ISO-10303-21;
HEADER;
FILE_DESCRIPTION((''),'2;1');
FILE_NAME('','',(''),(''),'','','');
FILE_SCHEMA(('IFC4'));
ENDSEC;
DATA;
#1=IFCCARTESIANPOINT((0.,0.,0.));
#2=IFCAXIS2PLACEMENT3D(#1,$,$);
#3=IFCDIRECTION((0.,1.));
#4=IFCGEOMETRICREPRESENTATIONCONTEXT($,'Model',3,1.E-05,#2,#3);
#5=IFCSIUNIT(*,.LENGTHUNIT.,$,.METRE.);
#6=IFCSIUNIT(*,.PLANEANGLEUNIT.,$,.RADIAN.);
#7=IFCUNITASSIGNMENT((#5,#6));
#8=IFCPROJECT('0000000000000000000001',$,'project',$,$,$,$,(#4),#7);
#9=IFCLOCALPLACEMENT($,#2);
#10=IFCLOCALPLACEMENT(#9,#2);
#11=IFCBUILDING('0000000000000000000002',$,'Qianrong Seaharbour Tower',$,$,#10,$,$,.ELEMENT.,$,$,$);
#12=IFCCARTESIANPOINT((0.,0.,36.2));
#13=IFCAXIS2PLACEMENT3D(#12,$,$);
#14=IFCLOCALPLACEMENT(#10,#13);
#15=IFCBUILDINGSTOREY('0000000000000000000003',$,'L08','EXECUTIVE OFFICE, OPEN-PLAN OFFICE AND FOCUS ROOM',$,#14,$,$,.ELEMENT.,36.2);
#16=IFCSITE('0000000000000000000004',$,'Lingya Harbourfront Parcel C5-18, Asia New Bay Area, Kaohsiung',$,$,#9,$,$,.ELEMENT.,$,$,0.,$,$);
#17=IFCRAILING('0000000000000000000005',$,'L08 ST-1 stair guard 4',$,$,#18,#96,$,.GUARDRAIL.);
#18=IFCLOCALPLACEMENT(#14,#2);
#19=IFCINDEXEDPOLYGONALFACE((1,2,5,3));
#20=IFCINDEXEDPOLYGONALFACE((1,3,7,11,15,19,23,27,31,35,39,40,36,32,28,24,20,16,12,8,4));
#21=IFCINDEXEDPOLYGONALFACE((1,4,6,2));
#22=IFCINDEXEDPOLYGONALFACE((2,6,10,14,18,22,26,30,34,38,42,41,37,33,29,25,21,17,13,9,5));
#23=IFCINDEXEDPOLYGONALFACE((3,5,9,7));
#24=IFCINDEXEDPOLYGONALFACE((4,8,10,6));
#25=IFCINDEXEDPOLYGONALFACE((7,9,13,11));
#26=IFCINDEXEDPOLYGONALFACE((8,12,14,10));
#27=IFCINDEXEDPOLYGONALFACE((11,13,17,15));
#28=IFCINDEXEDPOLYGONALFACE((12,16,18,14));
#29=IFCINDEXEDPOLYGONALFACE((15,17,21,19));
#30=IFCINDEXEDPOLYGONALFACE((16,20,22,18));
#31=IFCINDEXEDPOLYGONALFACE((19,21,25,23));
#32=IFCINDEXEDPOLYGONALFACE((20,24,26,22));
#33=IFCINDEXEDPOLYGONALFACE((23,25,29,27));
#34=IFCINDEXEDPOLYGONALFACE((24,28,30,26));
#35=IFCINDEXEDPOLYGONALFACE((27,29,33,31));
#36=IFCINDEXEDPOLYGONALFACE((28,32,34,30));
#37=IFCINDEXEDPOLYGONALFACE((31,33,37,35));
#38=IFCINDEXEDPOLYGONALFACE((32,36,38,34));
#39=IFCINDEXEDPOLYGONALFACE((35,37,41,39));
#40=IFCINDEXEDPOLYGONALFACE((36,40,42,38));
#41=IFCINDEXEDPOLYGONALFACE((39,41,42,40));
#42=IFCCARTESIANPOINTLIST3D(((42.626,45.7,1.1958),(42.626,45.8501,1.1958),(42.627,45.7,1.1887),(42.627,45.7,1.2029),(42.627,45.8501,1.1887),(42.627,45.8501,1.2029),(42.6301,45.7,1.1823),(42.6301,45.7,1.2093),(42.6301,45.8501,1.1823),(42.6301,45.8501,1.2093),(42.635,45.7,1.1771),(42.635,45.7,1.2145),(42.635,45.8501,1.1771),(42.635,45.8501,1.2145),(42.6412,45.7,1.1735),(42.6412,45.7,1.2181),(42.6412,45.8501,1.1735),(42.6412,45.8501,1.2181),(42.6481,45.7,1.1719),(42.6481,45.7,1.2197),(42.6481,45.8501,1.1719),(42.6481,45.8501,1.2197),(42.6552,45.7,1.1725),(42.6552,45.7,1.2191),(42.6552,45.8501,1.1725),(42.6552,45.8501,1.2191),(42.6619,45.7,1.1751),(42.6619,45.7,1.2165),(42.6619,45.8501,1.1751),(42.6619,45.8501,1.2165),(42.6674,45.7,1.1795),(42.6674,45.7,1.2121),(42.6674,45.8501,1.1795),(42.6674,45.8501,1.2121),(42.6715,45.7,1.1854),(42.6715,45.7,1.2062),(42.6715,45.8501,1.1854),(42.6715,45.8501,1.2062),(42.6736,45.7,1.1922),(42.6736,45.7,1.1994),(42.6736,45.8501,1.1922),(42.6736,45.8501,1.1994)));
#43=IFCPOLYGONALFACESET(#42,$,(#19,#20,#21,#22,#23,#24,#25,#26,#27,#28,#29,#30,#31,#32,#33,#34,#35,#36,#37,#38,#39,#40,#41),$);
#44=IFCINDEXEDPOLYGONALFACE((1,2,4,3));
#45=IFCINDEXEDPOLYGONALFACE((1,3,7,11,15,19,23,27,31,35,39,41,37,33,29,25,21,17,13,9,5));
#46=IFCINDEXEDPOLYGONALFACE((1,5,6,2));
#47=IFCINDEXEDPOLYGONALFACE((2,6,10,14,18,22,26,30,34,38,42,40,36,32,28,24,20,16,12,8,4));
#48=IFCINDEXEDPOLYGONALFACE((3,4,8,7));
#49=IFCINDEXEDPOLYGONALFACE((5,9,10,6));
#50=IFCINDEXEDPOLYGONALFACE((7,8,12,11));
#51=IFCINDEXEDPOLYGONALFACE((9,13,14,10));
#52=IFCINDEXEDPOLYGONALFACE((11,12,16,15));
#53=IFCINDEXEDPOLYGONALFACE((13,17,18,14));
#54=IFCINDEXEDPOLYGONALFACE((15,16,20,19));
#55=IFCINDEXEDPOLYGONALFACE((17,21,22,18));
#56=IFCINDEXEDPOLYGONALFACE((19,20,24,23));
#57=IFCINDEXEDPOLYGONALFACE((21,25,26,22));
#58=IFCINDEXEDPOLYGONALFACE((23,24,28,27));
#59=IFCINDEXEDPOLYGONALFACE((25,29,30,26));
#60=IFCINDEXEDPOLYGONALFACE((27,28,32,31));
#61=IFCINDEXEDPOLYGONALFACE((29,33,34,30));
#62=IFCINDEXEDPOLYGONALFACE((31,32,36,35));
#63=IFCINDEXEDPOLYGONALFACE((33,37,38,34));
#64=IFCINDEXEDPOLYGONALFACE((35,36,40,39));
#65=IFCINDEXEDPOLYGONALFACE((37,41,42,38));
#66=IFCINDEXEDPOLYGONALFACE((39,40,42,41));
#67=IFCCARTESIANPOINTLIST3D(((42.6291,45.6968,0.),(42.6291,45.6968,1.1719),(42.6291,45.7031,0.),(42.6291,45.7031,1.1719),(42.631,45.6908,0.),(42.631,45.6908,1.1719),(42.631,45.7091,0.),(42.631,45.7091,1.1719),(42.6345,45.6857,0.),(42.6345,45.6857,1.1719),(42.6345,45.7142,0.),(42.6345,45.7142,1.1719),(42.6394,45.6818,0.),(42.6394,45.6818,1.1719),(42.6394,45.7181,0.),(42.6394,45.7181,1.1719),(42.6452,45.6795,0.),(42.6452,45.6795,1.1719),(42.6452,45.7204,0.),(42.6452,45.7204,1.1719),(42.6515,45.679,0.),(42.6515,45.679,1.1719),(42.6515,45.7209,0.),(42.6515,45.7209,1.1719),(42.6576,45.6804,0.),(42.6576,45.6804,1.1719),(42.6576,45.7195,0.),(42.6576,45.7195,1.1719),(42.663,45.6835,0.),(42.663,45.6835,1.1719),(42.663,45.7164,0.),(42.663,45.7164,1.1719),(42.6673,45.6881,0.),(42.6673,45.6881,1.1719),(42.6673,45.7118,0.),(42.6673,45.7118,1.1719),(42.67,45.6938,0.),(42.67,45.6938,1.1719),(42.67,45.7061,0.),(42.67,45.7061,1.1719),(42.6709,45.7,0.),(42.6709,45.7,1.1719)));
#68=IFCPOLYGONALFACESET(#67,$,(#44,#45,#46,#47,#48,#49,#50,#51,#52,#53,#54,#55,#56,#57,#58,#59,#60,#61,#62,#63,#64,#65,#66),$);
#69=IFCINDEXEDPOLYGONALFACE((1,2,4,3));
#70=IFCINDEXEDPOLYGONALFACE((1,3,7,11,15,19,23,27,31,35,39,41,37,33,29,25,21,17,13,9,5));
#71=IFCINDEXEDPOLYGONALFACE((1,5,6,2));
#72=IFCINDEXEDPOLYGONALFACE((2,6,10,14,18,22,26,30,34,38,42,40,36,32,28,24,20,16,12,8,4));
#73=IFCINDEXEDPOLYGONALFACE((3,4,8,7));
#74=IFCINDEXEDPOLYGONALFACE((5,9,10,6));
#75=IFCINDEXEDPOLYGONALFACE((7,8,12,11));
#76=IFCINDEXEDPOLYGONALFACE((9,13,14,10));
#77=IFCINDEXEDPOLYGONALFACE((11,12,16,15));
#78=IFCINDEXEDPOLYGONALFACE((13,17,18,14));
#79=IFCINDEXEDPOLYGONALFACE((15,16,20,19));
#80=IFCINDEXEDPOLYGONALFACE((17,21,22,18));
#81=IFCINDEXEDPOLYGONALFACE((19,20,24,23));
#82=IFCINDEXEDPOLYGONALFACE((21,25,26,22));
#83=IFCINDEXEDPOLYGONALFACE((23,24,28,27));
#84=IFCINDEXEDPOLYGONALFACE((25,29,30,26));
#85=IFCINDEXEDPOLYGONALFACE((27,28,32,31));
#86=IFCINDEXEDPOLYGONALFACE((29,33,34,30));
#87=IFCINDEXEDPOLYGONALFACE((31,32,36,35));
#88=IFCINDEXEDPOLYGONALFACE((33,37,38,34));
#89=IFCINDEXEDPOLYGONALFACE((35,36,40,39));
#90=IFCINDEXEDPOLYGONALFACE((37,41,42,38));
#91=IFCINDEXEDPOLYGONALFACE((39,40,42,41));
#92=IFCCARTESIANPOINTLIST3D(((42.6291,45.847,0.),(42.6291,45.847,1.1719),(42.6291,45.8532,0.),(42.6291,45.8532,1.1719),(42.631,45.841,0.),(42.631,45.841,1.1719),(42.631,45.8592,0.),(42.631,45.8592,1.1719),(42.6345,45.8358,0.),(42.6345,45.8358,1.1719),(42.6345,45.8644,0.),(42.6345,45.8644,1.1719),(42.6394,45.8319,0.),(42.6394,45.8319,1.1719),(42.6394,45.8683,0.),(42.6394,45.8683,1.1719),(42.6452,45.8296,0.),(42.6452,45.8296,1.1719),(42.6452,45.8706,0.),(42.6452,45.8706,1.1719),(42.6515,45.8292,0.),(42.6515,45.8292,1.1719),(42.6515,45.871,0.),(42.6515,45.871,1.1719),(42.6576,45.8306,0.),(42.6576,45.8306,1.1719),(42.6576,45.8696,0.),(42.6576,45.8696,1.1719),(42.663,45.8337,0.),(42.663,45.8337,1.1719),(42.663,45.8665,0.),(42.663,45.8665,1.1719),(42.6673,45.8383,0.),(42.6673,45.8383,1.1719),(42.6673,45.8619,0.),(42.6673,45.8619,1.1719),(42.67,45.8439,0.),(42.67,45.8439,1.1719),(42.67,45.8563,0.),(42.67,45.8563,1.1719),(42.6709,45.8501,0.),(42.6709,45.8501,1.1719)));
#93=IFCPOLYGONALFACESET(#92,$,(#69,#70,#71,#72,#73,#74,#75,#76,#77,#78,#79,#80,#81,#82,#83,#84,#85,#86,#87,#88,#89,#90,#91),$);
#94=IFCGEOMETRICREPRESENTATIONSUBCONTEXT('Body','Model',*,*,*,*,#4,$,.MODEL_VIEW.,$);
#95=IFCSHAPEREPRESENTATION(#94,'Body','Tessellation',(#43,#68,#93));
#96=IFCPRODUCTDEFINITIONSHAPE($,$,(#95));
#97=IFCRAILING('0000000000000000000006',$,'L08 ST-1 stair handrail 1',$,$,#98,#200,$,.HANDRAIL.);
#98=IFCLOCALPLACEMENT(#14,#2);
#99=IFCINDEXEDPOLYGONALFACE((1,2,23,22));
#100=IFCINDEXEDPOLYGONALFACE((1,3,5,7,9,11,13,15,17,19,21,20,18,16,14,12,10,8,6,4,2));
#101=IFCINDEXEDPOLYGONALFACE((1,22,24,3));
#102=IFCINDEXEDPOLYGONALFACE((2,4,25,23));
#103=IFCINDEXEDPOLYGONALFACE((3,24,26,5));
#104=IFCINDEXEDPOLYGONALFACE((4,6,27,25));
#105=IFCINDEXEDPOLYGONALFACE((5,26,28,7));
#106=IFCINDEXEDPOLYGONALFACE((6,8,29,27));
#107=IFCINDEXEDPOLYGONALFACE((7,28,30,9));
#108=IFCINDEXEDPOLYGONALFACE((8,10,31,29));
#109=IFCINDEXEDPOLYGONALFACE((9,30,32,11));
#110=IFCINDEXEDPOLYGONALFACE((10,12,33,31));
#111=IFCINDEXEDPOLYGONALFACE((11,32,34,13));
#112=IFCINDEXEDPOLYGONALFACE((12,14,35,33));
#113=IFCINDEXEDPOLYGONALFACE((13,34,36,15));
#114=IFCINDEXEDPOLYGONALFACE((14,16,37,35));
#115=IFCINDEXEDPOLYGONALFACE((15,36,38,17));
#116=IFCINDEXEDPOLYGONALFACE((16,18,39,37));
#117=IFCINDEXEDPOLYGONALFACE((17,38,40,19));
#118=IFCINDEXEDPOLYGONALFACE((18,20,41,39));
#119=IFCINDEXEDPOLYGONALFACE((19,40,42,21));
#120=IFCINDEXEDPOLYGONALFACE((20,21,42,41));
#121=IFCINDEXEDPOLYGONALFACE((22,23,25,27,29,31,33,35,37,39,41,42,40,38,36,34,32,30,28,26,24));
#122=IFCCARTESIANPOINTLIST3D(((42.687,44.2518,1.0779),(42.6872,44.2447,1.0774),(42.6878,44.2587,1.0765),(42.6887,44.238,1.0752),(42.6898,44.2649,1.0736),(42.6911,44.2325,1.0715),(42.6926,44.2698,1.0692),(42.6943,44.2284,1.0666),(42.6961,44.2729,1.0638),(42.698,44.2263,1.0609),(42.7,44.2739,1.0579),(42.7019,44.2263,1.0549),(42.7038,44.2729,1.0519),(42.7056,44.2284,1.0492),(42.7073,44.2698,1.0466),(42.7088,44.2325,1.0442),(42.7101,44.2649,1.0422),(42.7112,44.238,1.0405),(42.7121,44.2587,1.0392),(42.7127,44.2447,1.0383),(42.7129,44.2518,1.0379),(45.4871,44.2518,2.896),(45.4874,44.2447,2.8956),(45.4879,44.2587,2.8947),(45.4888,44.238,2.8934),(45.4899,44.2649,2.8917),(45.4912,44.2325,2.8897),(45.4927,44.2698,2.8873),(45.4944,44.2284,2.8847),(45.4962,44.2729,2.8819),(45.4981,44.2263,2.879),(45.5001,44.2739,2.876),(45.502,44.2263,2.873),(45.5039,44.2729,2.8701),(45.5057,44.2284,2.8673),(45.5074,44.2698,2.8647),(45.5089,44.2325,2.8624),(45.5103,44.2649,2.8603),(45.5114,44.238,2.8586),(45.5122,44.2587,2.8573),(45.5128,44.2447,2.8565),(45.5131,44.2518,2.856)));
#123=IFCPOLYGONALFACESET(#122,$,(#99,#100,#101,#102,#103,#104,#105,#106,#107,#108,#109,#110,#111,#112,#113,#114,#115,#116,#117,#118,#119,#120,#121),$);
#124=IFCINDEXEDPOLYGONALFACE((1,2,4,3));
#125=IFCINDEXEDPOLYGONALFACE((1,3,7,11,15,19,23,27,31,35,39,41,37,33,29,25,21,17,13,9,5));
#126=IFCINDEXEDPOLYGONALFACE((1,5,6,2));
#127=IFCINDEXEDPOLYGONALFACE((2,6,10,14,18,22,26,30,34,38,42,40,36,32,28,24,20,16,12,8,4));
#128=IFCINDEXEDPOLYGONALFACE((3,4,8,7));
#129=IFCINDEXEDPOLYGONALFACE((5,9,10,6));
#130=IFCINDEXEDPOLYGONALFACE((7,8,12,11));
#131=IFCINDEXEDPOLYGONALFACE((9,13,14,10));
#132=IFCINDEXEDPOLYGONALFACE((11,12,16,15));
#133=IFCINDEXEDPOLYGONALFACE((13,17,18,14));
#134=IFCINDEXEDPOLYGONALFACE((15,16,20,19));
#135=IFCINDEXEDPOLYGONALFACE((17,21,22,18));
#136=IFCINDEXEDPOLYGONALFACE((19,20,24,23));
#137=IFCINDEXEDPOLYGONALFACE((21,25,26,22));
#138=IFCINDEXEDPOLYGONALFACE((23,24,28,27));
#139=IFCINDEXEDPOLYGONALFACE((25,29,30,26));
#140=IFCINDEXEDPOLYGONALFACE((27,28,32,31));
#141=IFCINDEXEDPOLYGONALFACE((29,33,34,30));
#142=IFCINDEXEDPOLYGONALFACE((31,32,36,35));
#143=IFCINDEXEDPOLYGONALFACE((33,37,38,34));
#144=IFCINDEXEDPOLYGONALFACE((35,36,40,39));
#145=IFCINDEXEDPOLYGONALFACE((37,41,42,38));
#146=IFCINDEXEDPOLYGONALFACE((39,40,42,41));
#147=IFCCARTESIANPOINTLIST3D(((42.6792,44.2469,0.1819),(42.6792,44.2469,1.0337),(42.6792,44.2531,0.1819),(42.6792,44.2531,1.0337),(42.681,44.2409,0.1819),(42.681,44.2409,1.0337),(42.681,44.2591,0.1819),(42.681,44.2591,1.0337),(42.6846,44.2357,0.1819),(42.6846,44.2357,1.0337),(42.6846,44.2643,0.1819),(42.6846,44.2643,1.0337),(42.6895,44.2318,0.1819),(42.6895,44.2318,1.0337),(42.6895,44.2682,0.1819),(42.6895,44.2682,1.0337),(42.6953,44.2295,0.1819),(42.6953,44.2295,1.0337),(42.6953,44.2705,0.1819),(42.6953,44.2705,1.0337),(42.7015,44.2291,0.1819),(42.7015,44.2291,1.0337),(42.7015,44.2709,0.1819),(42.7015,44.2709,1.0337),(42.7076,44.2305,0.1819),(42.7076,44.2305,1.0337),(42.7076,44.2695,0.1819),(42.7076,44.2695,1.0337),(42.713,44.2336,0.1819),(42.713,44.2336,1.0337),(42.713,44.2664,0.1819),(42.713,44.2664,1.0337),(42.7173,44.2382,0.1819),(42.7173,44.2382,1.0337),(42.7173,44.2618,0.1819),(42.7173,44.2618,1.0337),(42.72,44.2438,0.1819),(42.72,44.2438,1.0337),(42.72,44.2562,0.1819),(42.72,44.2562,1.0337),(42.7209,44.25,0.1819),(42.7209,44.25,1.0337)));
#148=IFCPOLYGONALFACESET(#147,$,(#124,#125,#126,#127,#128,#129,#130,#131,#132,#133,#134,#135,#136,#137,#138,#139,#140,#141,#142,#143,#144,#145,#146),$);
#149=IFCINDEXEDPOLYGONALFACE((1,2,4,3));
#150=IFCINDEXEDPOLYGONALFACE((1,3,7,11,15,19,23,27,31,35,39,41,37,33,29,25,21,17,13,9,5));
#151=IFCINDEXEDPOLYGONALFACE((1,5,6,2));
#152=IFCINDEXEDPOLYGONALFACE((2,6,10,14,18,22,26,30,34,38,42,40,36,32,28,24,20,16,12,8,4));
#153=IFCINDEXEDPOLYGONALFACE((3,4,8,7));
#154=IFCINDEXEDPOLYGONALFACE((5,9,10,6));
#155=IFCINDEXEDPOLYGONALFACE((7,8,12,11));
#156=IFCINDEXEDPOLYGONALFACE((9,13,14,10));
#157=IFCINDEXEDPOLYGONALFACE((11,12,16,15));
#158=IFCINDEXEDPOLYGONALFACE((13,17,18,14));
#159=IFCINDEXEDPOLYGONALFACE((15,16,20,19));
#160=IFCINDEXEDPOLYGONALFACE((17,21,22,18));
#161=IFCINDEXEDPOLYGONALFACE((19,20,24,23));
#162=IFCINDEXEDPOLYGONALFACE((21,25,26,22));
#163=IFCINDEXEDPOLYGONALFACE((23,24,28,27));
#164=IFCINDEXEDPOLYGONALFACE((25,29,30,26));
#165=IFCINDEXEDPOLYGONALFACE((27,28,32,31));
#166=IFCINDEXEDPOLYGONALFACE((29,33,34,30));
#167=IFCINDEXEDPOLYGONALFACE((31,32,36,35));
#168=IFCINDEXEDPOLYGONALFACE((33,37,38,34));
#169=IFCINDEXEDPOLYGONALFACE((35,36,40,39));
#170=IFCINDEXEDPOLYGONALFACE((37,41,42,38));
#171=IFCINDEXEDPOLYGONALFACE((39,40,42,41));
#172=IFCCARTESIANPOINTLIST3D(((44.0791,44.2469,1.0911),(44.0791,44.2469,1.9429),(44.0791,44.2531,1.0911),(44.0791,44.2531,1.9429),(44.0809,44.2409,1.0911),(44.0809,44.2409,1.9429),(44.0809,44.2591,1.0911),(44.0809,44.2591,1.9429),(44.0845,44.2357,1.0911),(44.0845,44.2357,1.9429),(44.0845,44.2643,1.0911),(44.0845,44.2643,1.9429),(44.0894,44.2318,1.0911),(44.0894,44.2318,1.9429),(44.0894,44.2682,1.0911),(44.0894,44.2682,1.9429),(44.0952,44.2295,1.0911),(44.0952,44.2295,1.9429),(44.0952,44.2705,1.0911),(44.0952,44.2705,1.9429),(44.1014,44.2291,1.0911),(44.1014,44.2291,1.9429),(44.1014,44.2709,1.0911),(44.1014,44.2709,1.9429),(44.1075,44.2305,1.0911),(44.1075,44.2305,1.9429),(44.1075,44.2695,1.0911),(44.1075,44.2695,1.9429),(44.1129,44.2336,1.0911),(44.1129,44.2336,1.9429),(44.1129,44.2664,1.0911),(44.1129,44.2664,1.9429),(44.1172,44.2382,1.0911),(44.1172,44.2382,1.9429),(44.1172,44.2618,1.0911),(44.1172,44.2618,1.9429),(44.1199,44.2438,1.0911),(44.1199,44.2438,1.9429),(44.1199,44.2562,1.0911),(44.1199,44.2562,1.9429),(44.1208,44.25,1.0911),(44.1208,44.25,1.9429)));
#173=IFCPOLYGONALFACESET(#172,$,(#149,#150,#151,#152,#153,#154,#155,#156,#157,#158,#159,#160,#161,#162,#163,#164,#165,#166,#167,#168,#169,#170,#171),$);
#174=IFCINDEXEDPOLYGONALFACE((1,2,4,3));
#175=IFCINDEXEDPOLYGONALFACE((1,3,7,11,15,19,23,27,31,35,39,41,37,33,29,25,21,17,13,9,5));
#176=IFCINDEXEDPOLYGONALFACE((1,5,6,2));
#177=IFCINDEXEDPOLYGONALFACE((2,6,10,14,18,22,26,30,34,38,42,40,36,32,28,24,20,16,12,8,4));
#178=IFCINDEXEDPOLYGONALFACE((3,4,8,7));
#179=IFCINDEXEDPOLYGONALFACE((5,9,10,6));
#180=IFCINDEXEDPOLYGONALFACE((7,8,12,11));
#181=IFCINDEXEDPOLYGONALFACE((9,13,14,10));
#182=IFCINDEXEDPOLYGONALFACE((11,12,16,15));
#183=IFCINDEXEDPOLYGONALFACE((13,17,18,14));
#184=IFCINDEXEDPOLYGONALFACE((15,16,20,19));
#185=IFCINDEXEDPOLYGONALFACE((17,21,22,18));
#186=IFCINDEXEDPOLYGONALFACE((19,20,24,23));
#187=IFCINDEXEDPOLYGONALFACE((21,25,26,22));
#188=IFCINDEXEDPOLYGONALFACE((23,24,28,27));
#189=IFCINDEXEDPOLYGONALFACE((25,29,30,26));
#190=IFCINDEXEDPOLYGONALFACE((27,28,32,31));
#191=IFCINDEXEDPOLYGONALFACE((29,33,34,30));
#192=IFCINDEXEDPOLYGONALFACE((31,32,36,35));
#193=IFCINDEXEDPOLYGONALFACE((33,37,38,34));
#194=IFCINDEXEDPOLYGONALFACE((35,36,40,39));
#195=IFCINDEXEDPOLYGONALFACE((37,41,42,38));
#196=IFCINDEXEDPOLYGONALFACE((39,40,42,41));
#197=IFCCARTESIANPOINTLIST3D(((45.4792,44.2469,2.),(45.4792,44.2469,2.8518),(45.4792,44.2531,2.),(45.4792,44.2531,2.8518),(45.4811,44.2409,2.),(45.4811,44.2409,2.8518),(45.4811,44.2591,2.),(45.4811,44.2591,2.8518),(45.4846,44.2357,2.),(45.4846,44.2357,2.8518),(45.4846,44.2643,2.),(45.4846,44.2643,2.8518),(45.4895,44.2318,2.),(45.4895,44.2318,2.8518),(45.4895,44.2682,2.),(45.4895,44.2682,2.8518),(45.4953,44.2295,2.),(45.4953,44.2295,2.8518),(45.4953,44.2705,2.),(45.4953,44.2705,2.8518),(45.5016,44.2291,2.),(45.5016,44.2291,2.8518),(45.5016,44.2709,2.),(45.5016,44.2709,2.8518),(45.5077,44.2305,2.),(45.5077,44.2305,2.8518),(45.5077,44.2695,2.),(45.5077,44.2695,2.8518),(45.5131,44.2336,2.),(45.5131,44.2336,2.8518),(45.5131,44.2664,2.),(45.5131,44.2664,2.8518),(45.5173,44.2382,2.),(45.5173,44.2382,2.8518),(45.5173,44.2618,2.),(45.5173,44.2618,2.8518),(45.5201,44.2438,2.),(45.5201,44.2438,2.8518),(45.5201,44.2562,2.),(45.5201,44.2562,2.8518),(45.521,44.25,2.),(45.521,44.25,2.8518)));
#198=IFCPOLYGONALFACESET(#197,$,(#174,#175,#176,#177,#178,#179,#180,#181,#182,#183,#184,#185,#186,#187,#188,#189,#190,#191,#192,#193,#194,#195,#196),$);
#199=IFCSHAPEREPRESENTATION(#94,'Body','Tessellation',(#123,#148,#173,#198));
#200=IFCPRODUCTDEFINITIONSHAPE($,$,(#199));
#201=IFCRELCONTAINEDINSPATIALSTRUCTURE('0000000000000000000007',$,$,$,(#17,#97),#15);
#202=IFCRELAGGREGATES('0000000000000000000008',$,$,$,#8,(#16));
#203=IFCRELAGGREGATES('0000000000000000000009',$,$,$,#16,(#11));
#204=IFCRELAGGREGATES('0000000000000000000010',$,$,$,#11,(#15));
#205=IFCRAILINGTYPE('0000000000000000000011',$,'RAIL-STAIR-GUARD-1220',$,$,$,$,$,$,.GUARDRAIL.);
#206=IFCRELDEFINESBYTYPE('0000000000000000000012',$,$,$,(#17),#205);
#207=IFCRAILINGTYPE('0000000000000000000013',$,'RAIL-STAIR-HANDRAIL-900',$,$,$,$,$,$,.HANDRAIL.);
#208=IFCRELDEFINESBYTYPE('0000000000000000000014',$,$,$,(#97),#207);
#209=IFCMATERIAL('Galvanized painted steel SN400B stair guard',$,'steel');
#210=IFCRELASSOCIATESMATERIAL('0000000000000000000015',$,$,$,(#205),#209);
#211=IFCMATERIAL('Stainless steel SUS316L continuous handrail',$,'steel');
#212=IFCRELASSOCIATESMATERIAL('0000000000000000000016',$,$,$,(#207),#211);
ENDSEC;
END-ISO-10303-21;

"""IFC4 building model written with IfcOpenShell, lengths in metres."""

from ifc_helpers import new_model, si_unit, direction, frame, origin, origin_2d, place, context, subcontext, project, spatial, circle, extrude, material, type_object, element, save


model = new_model("IFC4")

# Units and contexts
model_context = context("Model", 3, precision=1e-05, world=origin(), true_north=direction((0.0, 1.0)))
body_context = subcontext(model_context, "Body", "Model", "MODEL_VIEW")
ifc_project = project(units=[si_unit("LENGTHUNIT", "METRE"), si_unit("PLANEANGLEUNIT", "RADIAN")], contexts=[model_context])

# Site, building, storey
site_placement = place(None, origin())
site = spatial("IfcSite", under=ifc_project, at=site_placement, Name="Lingya Harbourfront Parcel C5-18, Asia New Bay Area, Kaohsiung", CompositionType="ELEMENT", RefElevation=0.0)
building_placement = place(site_placement, origin())
building = spatial("IfcBuilding", under=site, at=building_placement, Name="Qianrong Seaharbour Tower", CompositionType="ELEMENT")
storey_placement = place(building_placement, frame((0.0, 0.0, 36.2)))
storey = spatial("IfcBuildingStorey", under=building, at=storey_placement, Name="L08", Description="EXECUTIVE OFFICE, OPEN-PLAN OFFICE AND FOCUS ROOM", CompositionType="ELEMENT", Elevation=36.2)

# Railings
ifc_material_1 = material(Name="Galvanized painted steel SN400B stair guard", Category="steel")
railing_type_1 = type_object("IfcRailingType", Name="RAIL-STAIR-GUARD-1220", PredefinedType="GUARDRAIL", material=ifc_material_1)
railing_1_placement = place(storey_placement, frame((42.6499, 45.7, 0.0)))
element("IfcRailing", 1, at=railing_1_placement, inside=storey, type_object=railing_type_1, Name="L08 ST-1 stair guard 4", PredefinedType="GUARDRAIL", context=body_context, shape_type="SweptSolid", body=[
    extrude(circle(Radius=0.0239, at=origin_2d()), frame((0.0, 0.0, 1.1958), z_axis=(0.0, 1.0, 0.0), x_axis=(-1.0, 0.0, 0.0)), (0.0, 0.0, 1.0), 0.1501),
    extrude(circle(Radius=0.021, at=origin_2d()), origin(), (0.0, 0.0, 1.0), 1.1719),
    extrude(circle(Radius=0.021, at=origin_2d()), frame((0.0, 0.1501, 0.0)), (0.0, 0.0, 1.0), 1.1719),
])
ifc_material_2 = material(Name="Stainless steel SUS316L continuous handrail", Category="steel")
railing_type_2 = type_object("IfcRailingType", Name="RAIL-STAIR-HANDRAIL-900", PredefinedType="HANDRAIL", material=ifc_material_2)
railing_2_placement = place(storey_placement, frame((42.7, 44.25, 0.1819)))
element("IfcRailing", 2, at=railing_2_placement, inside=storey, type_object=railing_type_2, Name="L08 ST-1 stair handrail 1", PredefinedType="HANDRAIL", context=body_context, shape_type="SweptSolid", body=[
    extrude(circle(Radius=0.0239, at=origin_2d()), frame((0.0, 0.0, 0.876), z_axis=(0.838706, 0.0, 0.544585), x_axis=(0.0, 1.0, 0.0)), (0.0, 0.0, 1.0), 3.3386),
    extrude(circle(Radius=0.021, at=origin_2d()), origin(), (0.0, 0.0, 1.0), 0.8518),
    extrude(circle(Radius=0.021, at=origin_2d()), frame((1.3999, 0.0, 0.9092)), (0.0, 0.0, 1.0), 0.8518),
    extrude(circle(Radius=0.021, at=origin_2d()), frame((2.8, 0.0, 1.8181)), (0.0, 0.0, 1.0), 0.8518),
])

save(model, "model.ifc")
